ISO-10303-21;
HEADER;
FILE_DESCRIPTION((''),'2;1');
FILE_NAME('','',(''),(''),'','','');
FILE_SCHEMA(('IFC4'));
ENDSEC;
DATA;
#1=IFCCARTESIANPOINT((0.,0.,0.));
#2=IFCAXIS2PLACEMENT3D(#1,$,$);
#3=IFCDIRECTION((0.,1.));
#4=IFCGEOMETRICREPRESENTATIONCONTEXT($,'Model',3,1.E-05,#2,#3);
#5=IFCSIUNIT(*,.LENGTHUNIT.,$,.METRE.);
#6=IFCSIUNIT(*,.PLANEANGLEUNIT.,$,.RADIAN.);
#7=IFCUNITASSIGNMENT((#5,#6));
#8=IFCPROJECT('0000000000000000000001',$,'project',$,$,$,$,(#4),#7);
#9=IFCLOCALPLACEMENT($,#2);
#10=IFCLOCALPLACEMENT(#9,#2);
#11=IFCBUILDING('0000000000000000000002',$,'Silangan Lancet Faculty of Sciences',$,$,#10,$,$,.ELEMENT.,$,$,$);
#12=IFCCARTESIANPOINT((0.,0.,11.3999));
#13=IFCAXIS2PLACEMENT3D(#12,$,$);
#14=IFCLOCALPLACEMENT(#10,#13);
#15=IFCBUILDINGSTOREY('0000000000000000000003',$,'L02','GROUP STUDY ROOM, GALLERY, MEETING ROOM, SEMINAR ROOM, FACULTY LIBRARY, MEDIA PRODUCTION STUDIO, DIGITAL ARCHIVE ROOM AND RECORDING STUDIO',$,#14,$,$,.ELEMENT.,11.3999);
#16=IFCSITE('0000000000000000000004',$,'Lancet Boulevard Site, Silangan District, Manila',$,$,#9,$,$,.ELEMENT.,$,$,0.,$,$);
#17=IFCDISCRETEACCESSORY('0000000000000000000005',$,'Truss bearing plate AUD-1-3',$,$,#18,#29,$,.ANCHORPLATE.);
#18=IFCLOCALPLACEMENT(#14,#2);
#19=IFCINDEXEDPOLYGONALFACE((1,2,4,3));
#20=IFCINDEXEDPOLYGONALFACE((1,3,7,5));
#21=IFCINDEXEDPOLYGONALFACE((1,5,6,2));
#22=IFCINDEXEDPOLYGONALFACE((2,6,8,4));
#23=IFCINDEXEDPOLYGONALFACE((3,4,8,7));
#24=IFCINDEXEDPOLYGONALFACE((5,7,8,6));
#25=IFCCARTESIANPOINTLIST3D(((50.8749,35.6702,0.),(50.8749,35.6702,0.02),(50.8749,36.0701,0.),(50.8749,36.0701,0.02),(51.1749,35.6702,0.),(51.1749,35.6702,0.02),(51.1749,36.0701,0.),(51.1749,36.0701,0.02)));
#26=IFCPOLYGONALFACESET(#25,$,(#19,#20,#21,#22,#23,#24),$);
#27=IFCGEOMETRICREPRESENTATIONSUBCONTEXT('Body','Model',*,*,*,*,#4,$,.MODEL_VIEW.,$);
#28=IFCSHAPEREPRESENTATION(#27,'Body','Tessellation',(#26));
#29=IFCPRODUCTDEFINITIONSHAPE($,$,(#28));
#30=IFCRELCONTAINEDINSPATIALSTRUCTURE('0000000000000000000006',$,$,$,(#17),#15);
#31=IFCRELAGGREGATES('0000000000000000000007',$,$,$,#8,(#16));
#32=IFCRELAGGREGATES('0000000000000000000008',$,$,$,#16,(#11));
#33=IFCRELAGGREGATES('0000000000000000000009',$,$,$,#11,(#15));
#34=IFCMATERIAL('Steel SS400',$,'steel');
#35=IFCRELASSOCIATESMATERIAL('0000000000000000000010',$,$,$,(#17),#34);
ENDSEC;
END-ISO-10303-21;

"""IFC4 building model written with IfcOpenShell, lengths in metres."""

from ifc_helpers import new_model, si_unit, direction, frame, origin, origin_2d, place, context, subcontext, project, spatial, rectangle, extrude, material, element, save


model = new_model("IFC4")

# Units and contexts
model_context = context("Model", 3, precision=1e-05, world=origin(), true_north=direction((0.0, 1.0)))
body_context = subcontext(model_context, "Body", "Model", "MODEL_VIEW")
ifc_project = project(units=[si_unit("LENGTHUNIT", "METRE"), si_unit("PLANEANGLEUNIT", "RADIAN")], contexts=[model_context])

# Site, building, storey
site_placement = place(None, origin())
site = spatial("IfcSite", under=ifc_project, at=site_placement, Name="Lancet Boulevard Site, Silangan District, Manila", CompositionType="ELEMENT", RefElevation=0.0)
building_placement = place(site_placement, origin())
building = spatial("IfcBuilding", under=site, at=building_placement, Name="Silangan Lancet Faculty of Sciences", CompositionType="ELEMENT")
storey_placement = place(building_placement, frame((0.0, 0.0, 11.3999)))
storey = spatial("IfcBuildingStorey", under=building, at=storey_placement, Name="L02", Description="GROUP STUDY ROOM, GALLERY, MEETING ROOM, SEMINAR ROOM, FACULTY LIBRARY, MEDIA PRODUCTION STUDIO, DIGITAL ARCHIVE ROOM AND RECORDING STUDIO", CompositionType="ELEMENT", Elevation=11.3999)

# Discrete accessory
ifc_material_1 = material(Name="Steel SS400", Category="steel")
discrete_accessory_placement = place(storey_placement, frame((51.0249, 35.8701, 0.0), z_axis=(0.0, 0.0, 1.0), x_axis=(1.0, 0.0, 0.0)))
element("IfcDiscreteAccessory", 1, at=discrete_accessory_placement, inside=storey, material=ifc_material_1, Name="Truss bearing plate AUD-1-3", PredefinedType="ANCHORPLATE", context=body_context, shape_type="SweptSolid", body=[
    extrude(rectangle(XDim=0.3, YDim=0.3999, at=origin_2d()), origin(), (0.0, 0.0, 1.0), 0.02),
])

save(model, "model.ifc")
